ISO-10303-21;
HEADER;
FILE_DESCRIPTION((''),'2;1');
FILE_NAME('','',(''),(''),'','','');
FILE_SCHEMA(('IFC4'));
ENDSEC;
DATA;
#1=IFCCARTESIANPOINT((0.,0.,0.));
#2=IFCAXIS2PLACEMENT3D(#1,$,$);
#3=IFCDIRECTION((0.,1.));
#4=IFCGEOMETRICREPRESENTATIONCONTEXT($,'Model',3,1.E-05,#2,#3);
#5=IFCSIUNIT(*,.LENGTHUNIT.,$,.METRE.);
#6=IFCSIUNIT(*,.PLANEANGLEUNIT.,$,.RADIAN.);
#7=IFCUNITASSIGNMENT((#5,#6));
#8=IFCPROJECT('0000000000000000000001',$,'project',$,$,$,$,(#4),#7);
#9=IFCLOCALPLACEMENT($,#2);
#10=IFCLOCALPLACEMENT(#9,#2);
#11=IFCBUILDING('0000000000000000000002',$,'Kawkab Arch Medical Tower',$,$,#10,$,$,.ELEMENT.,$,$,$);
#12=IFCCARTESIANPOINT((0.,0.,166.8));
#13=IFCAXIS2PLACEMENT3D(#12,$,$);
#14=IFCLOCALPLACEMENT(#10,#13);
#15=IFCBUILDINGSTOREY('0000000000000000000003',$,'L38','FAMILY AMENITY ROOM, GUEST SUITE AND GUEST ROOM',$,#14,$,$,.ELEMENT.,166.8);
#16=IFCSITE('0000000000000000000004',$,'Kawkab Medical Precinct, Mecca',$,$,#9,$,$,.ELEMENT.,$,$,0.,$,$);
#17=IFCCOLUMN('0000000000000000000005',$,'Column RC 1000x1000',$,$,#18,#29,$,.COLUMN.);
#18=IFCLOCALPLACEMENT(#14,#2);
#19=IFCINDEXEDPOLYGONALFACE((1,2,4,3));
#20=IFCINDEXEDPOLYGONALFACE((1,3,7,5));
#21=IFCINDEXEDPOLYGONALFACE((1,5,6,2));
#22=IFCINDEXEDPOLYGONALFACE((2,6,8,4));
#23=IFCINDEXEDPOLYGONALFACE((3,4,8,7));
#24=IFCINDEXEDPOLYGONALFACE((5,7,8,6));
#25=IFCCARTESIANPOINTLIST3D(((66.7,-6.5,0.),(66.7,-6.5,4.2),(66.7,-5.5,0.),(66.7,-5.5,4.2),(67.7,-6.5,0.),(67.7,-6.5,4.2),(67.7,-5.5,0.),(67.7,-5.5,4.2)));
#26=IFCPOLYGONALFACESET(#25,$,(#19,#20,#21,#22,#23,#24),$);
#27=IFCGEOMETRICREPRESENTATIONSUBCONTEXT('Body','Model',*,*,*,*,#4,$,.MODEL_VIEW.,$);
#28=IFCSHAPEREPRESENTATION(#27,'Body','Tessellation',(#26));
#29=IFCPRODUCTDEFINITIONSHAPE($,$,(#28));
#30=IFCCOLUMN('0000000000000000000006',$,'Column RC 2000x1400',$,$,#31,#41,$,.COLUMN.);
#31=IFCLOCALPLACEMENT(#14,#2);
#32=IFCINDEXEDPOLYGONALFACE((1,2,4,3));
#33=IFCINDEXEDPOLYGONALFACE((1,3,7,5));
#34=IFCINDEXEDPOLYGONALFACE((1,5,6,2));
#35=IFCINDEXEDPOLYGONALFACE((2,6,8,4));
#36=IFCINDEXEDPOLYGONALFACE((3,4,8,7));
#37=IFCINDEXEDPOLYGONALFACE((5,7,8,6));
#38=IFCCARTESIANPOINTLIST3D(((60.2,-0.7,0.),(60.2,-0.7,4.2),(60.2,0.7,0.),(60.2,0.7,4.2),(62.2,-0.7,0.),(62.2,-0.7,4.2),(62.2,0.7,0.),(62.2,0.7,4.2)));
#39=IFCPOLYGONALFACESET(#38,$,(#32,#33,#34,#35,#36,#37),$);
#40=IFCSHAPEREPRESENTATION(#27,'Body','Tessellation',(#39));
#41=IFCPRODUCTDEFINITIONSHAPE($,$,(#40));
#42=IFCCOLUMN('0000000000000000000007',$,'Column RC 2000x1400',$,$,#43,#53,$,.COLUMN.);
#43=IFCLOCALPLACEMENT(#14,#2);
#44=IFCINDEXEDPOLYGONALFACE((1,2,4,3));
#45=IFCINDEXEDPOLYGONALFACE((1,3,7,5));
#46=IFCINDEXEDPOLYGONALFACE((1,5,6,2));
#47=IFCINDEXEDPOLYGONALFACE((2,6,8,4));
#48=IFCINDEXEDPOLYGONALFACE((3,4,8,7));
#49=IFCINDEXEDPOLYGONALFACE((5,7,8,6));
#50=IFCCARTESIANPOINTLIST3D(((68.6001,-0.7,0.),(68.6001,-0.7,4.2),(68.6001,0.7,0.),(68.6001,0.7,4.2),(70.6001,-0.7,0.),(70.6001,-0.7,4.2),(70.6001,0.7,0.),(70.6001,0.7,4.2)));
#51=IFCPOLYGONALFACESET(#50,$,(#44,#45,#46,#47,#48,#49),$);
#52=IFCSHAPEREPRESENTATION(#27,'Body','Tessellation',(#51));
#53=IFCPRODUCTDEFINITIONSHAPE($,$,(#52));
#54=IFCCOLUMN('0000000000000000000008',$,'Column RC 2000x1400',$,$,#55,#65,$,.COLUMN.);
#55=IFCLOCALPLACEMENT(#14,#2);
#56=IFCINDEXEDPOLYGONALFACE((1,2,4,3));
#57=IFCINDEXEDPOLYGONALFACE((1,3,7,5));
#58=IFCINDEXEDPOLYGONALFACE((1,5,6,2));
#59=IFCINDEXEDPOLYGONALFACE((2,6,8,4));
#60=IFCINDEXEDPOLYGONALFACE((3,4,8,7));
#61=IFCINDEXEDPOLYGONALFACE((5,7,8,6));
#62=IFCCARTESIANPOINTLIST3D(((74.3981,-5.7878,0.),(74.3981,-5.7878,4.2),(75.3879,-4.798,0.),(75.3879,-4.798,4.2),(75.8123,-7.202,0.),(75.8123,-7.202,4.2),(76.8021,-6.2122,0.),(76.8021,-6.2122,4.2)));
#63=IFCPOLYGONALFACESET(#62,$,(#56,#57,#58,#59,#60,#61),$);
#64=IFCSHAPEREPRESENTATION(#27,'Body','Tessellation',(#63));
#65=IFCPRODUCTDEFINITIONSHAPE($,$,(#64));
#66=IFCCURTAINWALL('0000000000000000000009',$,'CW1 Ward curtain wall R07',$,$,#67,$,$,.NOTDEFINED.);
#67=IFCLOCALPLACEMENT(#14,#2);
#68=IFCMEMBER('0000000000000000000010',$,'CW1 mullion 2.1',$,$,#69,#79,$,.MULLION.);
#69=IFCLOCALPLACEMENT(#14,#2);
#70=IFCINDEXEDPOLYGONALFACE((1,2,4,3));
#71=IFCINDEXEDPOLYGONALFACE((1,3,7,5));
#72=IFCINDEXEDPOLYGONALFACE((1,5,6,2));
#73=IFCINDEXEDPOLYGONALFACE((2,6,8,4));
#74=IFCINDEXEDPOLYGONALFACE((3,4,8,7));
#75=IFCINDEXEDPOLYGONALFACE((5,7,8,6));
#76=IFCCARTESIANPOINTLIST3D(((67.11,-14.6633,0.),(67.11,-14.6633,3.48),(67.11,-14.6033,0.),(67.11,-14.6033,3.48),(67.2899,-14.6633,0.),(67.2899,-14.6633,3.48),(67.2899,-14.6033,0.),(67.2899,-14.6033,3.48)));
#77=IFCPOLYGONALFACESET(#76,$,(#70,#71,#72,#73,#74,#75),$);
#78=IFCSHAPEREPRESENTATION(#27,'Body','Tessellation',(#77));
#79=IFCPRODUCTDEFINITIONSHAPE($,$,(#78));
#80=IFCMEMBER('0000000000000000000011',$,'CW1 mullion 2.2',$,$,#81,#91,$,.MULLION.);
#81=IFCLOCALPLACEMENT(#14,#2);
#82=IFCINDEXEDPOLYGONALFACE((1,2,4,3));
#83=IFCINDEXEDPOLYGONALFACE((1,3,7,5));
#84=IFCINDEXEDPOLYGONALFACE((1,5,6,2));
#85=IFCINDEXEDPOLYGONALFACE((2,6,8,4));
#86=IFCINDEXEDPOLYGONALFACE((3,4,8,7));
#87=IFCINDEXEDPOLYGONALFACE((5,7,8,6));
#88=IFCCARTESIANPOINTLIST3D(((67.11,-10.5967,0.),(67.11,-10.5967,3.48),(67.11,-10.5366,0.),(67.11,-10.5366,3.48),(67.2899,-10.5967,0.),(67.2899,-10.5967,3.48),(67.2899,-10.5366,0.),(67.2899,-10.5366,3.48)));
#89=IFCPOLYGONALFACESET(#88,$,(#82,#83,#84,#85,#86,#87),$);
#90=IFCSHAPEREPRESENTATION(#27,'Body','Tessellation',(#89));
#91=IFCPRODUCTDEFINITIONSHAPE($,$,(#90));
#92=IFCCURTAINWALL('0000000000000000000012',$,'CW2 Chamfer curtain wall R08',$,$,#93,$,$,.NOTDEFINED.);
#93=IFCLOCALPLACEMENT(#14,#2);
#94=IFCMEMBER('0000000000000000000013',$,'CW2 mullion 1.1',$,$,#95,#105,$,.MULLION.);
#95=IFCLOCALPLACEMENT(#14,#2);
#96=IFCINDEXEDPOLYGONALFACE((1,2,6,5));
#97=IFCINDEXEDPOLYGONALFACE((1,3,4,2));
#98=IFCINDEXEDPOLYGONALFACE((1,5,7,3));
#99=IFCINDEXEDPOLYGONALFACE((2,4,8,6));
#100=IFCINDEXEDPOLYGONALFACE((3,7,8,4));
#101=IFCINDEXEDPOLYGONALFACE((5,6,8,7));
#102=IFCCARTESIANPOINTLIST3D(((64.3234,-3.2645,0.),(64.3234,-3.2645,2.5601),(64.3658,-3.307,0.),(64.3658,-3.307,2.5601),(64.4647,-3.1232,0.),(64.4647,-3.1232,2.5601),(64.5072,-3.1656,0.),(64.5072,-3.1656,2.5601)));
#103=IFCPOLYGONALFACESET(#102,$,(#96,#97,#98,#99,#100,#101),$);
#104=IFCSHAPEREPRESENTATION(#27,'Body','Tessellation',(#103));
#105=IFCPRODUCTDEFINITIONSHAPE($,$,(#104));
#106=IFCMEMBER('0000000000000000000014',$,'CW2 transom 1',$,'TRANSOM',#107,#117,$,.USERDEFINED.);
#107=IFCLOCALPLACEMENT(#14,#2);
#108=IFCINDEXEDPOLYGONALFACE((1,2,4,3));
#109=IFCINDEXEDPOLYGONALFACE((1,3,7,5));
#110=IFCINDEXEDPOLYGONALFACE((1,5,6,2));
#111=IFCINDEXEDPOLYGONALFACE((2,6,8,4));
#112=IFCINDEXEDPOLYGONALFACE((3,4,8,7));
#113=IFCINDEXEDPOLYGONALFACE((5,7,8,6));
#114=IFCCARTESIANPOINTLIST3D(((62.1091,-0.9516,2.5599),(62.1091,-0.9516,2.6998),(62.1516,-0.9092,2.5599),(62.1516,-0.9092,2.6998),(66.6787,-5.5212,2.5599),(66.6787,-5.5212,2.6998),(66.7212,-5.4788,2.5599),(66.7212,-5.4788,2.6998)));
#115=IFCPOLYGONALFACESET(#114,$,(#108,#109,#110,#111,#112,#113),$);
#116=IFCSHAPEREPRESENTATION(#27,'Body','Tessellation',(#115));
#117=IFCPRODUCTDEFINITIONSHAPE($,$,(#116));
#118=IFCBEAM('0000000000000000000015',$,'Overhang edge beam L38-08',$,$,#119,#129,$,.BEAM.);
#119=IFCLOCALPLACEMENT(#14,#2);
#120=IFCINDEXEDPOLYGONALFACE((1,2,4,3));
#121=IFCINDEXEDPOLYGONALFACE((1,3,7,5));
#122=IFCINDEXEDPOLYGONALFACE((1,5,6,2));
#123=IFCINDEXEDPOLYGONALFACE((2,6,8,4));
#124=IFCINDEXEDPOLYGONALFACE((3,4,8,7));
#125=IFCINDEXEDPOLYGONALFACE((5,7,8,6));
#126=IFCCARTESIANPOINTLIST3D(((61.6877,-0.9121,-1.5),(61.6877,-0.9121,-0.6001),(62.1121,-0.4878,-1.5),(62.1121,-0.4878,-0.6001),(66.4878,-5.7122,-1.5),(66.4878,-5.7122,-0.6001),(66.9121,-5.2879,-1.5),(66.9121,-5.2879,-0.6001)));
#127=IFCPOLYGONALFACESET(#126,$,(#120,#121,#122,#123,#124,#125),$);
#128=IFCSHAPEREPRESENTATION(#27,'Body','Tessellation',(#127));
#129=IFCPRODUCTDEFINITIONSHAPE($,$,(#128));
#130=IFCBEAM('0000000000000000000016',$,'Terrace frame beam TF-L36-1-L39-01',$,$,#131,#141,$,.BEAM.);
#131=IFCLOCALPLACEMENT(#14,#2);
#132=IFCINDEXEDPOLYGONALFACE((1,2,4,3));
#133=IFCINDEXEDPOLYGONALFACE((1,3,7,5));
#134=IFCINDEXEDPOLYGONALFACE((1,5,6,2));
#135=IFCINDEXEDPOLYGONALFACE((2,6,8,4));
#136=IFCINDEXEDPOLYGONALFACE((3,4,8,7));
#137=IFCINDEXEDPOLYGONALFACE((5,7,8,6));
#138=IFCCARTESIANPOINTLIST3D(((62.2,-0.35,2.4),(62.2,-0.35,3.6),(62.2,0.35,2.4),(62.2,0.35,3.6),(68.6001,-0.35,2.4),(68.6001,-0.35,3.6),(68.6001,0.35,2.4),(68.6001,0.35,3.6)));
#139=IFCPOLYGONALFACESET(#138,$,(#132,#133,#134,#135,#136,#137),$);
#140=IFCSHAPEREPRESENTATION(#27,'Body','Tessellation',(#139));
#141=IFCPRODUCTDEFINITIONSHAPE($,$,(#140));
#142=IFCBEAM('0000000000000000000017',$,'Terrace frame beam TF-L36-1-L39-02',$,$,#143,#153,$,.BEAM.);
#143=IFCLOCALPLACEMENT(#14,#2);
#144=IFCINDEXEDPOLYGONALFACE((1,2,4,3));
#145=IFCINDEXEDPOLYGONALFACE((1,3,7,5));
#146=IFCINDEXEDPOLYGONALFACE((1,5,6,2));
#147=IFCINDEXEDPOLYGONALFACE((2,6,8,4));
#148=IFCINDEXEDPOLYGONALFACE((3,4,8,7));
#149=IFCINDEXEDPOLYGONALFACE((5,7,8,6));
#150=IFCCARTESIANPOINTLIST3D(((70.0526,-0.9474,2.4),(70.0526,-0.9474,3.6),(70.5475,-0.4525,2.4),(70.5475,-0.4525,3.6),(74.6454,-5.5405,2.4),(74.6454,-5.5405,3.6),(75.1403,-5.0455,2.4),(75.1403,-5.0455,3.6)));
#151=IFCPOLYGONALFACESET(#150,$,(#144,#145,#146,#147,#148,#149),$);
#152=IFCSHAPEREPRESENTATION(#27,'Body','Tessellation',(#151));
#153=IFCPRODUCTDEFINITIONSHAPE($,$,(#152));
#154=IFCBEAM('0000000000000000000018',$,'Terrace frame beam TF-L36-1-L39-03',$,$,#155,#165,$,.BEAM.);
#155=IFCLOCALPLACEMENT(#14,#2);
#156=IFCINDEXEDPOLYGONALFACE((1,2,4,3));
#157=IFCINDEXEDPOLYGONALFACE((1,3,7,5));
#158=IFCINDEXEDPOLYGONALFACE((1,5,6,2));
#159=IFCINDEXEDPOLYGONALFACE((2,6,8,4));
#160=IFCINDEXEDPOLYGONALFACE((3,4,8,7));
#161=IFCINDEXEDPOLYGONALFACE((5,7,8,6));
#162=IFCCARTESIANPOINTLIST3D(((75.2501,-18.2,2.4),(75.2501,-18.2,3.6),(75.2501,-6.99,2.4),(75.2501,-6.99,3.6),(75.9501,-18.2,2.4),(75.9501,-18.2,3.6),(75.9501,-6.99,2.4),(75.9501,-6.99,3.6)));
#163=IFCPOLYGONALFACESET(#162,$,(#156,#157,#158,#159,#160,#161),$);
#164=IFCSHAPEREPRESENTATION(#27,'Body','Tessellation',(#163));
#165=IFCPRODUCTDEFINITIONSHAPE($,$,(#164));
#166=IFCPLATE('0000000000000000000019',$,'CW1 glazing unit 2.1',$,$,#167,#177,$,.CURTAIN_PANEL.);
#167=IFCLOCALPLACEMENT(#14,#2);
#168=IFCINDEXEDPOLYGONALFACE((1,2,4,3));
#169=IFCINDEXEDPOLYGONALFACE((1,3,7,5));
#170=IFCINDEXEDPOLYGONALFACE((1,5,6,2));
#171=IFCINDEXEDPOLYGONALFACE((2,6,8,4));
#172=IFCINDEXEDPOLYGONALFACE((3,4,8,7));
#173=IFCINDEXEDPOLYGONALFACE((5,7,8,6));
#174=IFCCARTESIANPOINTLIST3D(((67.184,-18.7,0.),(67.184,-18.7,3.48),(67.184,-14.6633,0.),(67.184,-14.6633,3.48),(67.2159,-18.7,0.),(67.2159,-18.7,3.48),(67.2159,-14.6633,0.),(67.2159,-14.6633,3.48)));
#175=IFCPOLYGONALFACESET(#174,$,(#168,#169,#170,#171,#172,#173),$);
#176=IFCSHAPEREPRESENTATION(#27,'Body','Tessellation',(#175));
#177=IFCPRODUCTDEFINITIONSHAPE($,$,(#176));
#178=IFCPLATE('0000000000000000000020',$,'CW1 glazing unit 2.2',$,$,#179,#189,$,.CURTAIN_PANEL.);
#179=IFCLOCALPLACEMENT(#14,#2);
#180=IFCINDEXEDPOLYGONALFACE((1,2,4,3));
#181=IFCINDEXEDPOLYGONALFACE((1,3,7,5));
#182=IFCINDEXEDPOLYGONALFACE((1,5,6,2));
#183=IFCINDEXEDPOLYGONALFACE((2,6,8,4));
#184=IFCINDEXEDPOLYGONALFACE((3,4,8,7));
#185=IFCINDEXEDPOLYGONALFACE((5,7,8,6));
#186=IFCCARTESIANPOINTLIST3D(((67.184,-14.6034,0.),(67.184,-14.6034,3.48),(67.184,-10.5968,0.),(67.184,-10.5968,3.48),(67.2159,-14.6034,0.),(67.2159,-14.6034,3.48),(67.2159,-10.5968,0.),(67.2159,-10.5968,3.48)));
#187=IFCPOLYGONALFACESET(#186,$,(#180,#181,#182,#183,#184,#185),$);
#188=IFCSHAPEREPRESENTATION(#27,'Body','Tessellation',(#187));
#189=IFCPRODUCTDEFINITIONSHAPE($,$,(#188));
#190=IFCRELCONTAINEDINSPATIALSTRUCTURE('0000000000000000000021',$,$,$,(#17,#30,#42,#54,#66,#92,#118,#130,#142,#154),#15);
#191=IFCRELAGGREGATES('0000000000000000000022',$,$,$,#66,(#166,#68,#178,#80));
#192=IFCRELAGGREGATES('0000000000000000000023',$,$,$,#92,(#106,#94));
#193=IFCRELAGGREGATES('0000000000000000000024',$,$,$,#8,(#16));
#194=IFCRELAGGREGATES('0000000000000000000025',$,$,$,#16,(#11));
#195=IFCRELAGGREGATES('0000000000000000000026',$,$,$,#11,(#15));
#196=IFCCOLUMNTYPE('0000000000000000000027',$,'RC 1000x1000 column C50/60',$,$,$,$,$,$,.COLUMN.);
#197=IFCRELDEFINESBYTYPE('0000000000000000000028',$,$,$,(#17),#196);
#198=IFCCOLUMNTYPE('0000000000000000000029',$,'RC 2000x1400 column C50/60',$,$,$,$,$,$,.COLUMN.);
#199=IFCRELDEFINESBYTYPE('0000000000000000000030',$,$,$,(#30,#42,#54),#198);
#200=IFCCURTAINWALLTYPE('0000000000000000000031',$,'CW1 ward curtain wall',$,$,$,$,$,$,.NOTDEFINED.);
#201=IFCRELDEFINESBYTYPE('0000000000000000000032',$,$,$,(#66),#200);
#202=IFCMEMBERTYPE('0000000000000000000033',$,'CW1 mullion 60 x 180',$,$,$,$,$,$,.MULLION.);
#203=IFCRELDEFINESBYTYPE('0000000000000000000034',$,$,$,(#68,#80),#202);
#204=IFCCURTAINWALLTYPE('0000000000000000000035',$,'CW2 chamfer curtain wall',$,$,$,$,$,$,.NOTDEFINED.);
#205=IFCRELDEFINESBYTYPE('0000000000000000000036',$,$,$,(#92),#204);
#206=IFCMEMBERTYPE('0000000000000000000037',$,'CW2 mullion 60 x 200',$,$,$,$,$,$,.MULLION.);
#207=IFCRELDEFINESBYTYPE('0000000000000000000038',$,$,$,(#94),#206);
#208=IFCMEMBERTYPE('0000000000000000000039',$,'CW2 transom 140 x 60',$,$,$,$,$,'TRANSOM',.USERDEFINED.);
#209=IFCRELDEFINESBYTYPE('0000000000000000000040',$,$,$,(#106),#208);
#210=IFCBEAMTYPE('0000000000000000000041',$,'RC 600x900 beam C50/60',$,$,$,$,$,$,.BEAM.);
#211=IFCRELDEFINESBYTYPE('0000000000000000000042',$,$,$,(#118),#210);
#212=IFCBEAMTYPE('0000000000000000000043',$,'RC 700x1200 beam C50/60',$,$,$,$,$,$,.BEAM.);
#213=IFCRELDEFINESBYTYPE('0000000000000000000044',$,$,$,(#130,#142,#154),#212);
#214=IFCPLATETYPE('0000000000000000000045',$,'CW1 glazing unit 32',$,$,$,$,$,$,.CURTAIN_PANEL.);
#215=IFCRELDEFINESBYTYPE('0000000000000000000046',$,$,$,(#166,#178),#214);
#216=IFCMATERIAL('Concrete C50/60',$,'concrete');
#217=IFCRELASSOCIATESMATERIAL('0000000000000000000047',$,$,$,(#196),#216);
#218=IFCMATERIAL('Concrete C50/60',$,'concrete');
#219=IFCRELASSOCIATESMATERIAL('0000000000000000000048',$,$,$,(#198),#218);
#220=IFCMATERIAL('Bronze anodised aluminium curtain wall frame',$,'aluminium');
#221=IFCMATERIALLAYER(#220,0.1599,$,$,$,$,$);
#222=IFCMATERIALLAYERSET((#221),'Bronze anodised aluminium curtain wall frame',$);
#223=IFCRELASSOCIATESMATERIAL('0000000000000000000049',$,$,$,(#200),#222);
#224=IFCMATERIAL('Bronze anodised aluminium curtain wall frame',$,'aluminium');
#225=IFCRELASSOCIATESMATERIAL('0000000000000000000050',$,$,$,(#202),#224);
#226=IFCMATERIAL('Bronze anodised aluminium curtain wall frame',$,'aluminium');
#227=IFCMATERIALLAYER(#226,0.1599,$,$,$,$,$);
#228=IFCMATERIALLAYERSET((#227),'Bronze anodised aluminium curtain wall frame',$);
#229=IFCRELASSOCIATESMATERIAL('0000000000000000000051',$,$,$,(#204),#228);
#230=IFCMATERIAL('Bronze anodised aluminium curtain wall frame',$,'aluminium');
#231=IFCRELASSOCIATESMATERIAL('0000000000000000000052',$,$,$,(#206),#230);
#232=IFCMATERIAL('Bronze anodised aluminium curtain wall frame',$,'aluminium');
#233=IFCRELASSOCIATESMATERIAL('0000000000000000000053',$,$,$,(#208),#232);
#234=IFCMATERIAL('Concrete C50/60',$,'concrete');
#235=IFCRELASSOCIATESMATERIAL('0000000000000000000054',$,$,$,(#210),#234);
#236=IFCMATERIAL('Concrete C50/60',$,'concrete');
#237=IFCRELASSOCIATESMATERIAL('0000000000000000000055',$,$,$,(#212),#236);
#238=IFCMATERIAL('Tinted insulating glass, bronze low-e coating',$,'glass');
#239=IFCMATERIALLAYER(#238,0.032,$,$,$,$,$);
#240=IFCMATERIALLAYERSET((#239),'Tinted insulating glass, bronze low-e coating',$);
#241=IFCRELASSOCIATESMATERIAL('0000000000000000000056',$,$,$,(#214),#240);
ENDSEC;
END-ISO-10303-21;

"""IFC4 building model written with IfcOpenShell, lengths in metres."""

from ifc_helpers import new_model, si_unit, direction, frame, origin, origin_2d, place, context, subcontext, project, spatial, rectangle, extrude, material, layer, layer_set, material_profile, profile_set, type_object, element, aggregate, save


model = new_model("IFC4")

# Units and contexts
model_context = context("Model", 3, precision=1e-05, world=origin(), true_north=direction((0.0, 1.0)))
body_context = subcontext(model_context, "Body", "Model", "MODEL_VIEW")
ifc_project = project(units=[si_unit("LENGTHUNIT", "METRE"), si_unit("PLANEANGLEUNIT", "RADIAN")], contexts=[model_context])

# Site, building, storey
site_placement = place(None, origin())
site = spatial("IfcSite", under=ifc_project, at=site_placement, Name="Kawkab Medical Precinct, Mecca", CompositionType="ELEMENT", RefElevation=0.0)
building_placement = place(site_placement, origin())
building = spatial("IfcBuilding", under=site, at=building_placement, Name="Kawkab Arch Medical Tower", CompositionType="ELEMENT")
storey_placement = place(building_placement, frame((0.0, 0.0, 166.8)))
storey = spatial("IfcBuildingStorey", under=building, at=storey_placement, Name="L38", Description="FAMILY AMENITY ROOM, GUEST SUITE AND GUEST ROOM", CompositionType="ELEMENT", Elevation=166.8)

# Columns
ifc_material_1 = material(Name="Concrete C50/60", Category="concrete")
ifc_material_profile_1 = material_profile(ifc_material_1, rectangle(XDim=1.0, YDim=1.0, at=origin_2d()), Name="RC 1000x1000")
ifc_profile_set_1 = profile_set([ifc_material_profile_1], Name="Concrete C50/60")
column_type_1 = type_object("IfcColumnType", Name="RC 1000x1000 column C50/60", PredefinedType="COLUMN", material=ifc_profile_set_1)
column_placement = place(storey_placement, frame((67.2, -6.0, 0.0), z_axis=(0.0, 0.0, 1.0), x_axis=(1.0, 0.0, 0.0)))
element("IfcColumn", 1, at=column_placement, inside=storey, type_object=column_type_1, Name="Column RC 1000x1000", PredefinedType="COLUMN", context=body_context, shape_type="SweptSolid", body=[
    extrude(rectangle(XDim=1.0, YDim=1.0, at=origin_2d()), origin(), (0.0, 0.0, 1.0), 4.2),
])
ifc_material_2 = material(Name="Concrete C50/60", Category="concrete")
ifc_material_profile_2 = material_profile(ifc_material_2, rectangle(XDim=2.0, YDim=1.3999, at=origin_2d()), Name="RC 2000x1400")
ifc_profile_set_2 = profile_set([ifc_material_profile_2], Name="Concrete C50/60")
column_type_2 = type_object("IfcColumnType", Name="RC 2000x1400 column C50/60", PredefinedType="COLUMN", material=ifc_profile_set_2)
for number, where, z_axis, x_axis, name in (
    (2, (61.2, 0.0, 0.0), (0.0, 0.0, 1.0), (1.0, 0.0, 0.0), "Column RC 2000x1400"),
    (3, (69.6001, 0.0, 0.0), (0.0, 0.0, 1.0), (1.0, 0.0, 0.0), "Column RC 2000x1400"),
    (4, (75.6001, -6.0, 0.0), (0.0, 0.0, 1.0), (0.707107, -0.707107, 0.0), "Column RC 2000x1400"),
):
    element("IfcColumn", number, at=place(storey_placement, frame(where, z_axis=z_axis, x_axis=x_axis)), inside=storey, type_object=column_type_2, Name=name, PredefinedType="COLUMN", context=body_context, shape_type="SweptSolid", body=[
        extrude(rectangle(XDim=2.0, YDim=1.3999, at=origin_2d()), origin(), (0.0, 0.0, 1.0), 4.2),
    ])

# Curtain walls, members
ifc_material_3 = material(Name="Bronze anodised aluminium curtain wall frame", Category="aluminium")
ifc_layer_1 = layer(ifc_material_3, 0.1599)
ifc_layer_set_1 = layer_set([ifc_layer_1], Name="Bronze anodised aluminium curtain wall frame")
curtain_wall_type_1 = type_object("IfcCurtainWallType", Name="CW1 ward curtain wall", PredefinedType="NOTDEFINED", material=ifc_layer_set_1)
placement = place(storey_placement, origin())
curtain_wall_1 = element("IfcCurtainWall", 5, at=placement, inside=storey, type_object=curtain_wall_type_1, Name="CW1 Ward curtain wall R07", PredefinedType="NOTDEFINED")
ifc_material_4 = material(Name="Bronze anodised aluminium curtain wall frame", Category="aluminium")
ifc_material_profile_3 = material_profile(ifc_material_4, rectangle(XDim=0.1799, YDim=0.0601, at=origin_2d()), Name="AL 60x180")
ifc_profile_set_3 = profile_set([ifc_material_profile_3], Name="Bronze anodised aluminium curtain wall frame")
member_type_1 = type_object("IfcMemberType", Name="CW1 mullion 60 x 180", PredefinedType="MULLION", material=ifc_profile_set_3)
member_1_placement = place(storey_placement, frame((67.2, -14.6333, 0.0), z_axis=(0.0, 0.0, 1.0), x_axis=(-1.0, 0.0, 0.0)))
member_1 = element("IfcMember", 6, at=member_1_placement, type_object=member_type_1, Name="CW1 mullion 2.1", PredefinedType="MULLION", context=body_context, shape_type="SweptSolid", body=[
    extrude(rectangle(XDim=0.1799, YDim=0.0601, at=origin_2d()), origin(), (0.0, 0.0, 1.0), 3.48),
])
member_2_placement = place(storey_placement, frame((67.2, -10.5667, 0.0), z_axis=(0.0, 0.0, 1.0), x_axis=(-1.0, 0.0, 0.0)))
member_2 = element("IfcMember", 7, at=member_2_placement, type_object=member_type_1, Name="CW1 mullion 2.2", PredefinedType="MULLION", context=body_context, shape_type="SweptSolid", body=[
    extrude(rectangle(XDim=0.1799, YDim=0.0601, at=origin_2d()), origin(), (0.0, 0.0, 1.0), 3.48),
])
ifc_material_5 = material(Name="Bronze anodised aluminium curtain wall frame", Category="aluminium")
ifc_layer_2 = layer(ifc_material_5, 0.1599)
ifc_layer_set_2 = layer_set([ifc_layer_2], Name="Bronze anodised aluminium curtain wall frame")
curtain_wall_type_2 = type_object("IfcCurtainWallType", Name="CW2 chamfer curtain wall", PredefinedType="NOTDEFINED", material=ifc_layer_set_2)
curtain_wall_2 = element("IfcCurtainWall", 8, at=placement, inside=storey, type_object=curtain_wall_type_2, Name="CW2 Chamfer curtain wall R08", PredefinedType="NOTDEFINED")
ifc_material_6 = material(Name="Bronze anodised aluminium curtain wall frame", Category="aluminium")
ifc_material_profile_4 = material_profile(ifc_material_6, rectangle(XDim=0.2, YDim=0.0601, at=origin_2d()), Name="AL 60x200")
ifc_profile_set_4 = profile_set([ifc_material_profile_4], Name="Bronze anodised aluminium curtain wall frame")
member_type_2 = type_object("IfcMemberType", Name="CW2 mullion 60 x 200", PredefinedType="MULLION", material=ifc_profile_set_4)
member_3_placement = place(storey_placement, frame((64.4153, -3.2151, 0.0), z_axis=(0.0, 0.0, 1.0), x_axis=(-0.707107, -0.707107, 0.0)))
member_3 = element("IfcMember", 9, at=member_3_placement, type_object=member_type_2, Name="CW2 mullion 1.1", PredefinedType="MULLION", context=body_context, shape_type="SweptSolid", body=[
    extrude(rectangle(XDim=0.2, YDim=0.0601, at=origin_2d()), origin(), (0.0, 0.0, 1.0), 2.5601),
])
ifc_material_7 = material(Name="Bronze anodised aluminium curtain wall frame", Category="aluminium")
ifc_material_profile_5 = material_profile(ifc_material_7, rectangle(XDim=0.0601, YDim=0.1399, at=origin_2d()), Name="AL 60x140")
ifc_profile_set_5 = profile_set([ifc_material_profile_5], Name="Bronze anodised aluminium curtain wall frame")
member_type_3 = type_object("IfcMemberType", Name="CW2 transom 140 x 60", ElementType="TRANSOM", PredefinedType="USERDEFINED", material=ifc_profile_set_5)
member_4_placement = place(storey_placement, frame((66.7, -5.5, 2.6299), z_axis=(-0.707107, 0.707107, 0.0), x_axis=(-0.707107, -0.707107, 0.0)))
member_4 = element("IfcMember", 10, at=member_4_placement, type_object=member_type_3, Name="CW2 transom 1", ObjectType="TRANSOM", PredefinedType="USERDEFINED", context=body_context, shape_type="SweptSolid", body=[
    extrude(rectangle(XDim=0.0601, YDim=0.1399, at=origin_2d()), origin(), (0.0, 0.0, 1.0), 6.4624),
])

# Beams
ifc_material_8 = material(Name="Concrete C50/60", Category="concrete")
ifc_material_profile_6 = material_profile(ifc_material_8, rectangle(XDim=0.6001, YDim=0.8999, at=origin_2d()), Name="RC 600x900")
ifc_profile_set_6 = profile_set([ifc_material_profile_6], Name="Concrete C50/60")
beam_type_1 = type_object("IfcBeamType", Name="RC 600x900 beam C50/60", PredefinedType="BEAM", material=ifc_profile_set_6)
beam_1_placement = place(storey_placement, frame((61.8999, -0.7, -1.05), z_axis=(0.707107, -0.707107, 0.0), x_axis=(0.707107, 0.707107, 0.0)))
element("IfcBeam", 11, at=beam_1_placement, inside=storey, type_object=beam_type_1, Name="Overhang edge beam L38-08", PredefinedType="BEAM", context=body_context, shape_type="SweptSolid", body=[
    extrude(rectangle(XDim=0.6001, YDim=0.8999, at=origin_2d()), origin(), (0.0, 0.0, 1.0), 6.7883),
])
ifc_material_9 = material(Name="Concrete C50/60", Category="concrete")
ifc_material_profile_7 = material_profile(ifc_material_9, rectangle(XDim=0.7, YDim=1.2, at=origin_2d()), Name="RC 700x1200")
ifc_profile_set_7 = profile_set([ifc_material_profile_7], Name="Concrete C50/60")
beam_type_2 = type_object("IfcBeamType", Name="RC 700x1200 beam C50/60", PredefinedType="BEAM", material=ifc_profile_set_7)
beam_2_placement = place(storey_placement, frame((62.2, 0.0, 3.0), z_axis=(1.0, 0.0, 0.0), x_axis=(0.0, 1.0, 0.0)))
element("IfcBeam", 12, at=beam_2_placement, inside=storey, type_object=beam_type_2, Name="Terrace frame beam TF-L36-1-L39-01", PredefinedType="BEAM", context=body_context, shape_type="SweptSolid", body=[
    extrude(rectangle(XDim=0.7, YDim=1.2, at=origin_2d()), origin(), (0.0, 0.0, 1.0), 6.4001),
])
beam_3_placement = place(storey_placement, frame((70.3, -0.7, 3.0), z_axis=(0.707088, -0.707126, 0.0), x_axis=(0.707126, 0.707088, 0.0)))
element("IfcBeam", 13, at=beam_3_placement, inside=storey, type_object=beam_type_2, Name="Terrace frame beam TF-L36-1-L39-02", PredefinedType="BEAM", context=body_context, shape_type="SweptSolid", body=[
    extrude(rectangle(XDim=0.7, YDim=1.2, at=origin_2d()), origin(), (0.0, 0.0, 1.0), 6.4954),
])
beam_4_placement = place(storey_placement, frame((75.6001, -6.99, 3.0), z_axis=(0.0, -1.0, 0.0), x_axis=(1.0, 0.0, 0.0)))
element("IfcBeam", 14, at=beam_4_placement, inside=storey, type_object=beam_type_2, Name="Terrace frame beam TF-L36-1-L39-03", PredefinedType="BEAM", context=body_context, shape_type="SweptSolid", body=[
    extrude(rectangle(XDim=0.7, YDim=1.2, at=origin_2d()), origin(), (0.0, 0.0, 1.0), 11.21),
])

# Plates
ifc_material_10 = material(Name="Tinted insulating glass, bronze low-e coating", Category="glass")
ifc_layer_3 = layer(ifc_material_10, 0.032)
ifc_layer_set_3 = layer_set([ifc_layer_3], Name="Tinted insulating glass, bronze low-e coating")
plate_type_1 = type_object("IfcPlateType", Name="CW1 glazing unit 32", PredefinedType="CURTAIN_PANEL", material=ifc_layer_set_3)
plate_1_placement = place(storey_placement, frame((67.2, -16.6816, 0.0), z_axis=(0.0, 0.0, 1.0), x_axis=(0.0, 1.0, 0.0)))
plate_1 = element("IfcPlate", 15, at=plate_1_placement, type_object=plate_type_1, Name="CW1 glazing unit 2.1", PredefinedType="CURTAIN_PANEL", context=body_context, shape_type="SweptSolid", body=[
    extrude(rectangle(XDim=4.0366, YDim=0.032, at=origin_2d()), origin(), (0.0, 0.0, 1.0), 3.48),
])
plate_2_placement = place(storey_placement, frame((67.2, -12.6001, 0.0), z_axis=(0.0, 0.0, 1.0), x_axis=(0.0, 1.0, 0.0)))
plate_2 = element("IfcPlate", 16, at=plate_2_placement, type_object=plate_type_1, Name="CW1 glazing unit 2.2", PredefinedType="CURTAIN_PANEL", context=body_context, shape_type="SweptSolid", body=[
    extrude(rectangle(XDim=4.0066, YDim=0.032, at=origin_2d()), origin(), (0.0, 0.0, 1.0), 3.48),
])
aggregate(curtain_wall_1, [plate_1, member_1, plate_2, member_2])
aggregate(curtain_wall_2, [member_4, member_3])

save(model, "model.ifc")
